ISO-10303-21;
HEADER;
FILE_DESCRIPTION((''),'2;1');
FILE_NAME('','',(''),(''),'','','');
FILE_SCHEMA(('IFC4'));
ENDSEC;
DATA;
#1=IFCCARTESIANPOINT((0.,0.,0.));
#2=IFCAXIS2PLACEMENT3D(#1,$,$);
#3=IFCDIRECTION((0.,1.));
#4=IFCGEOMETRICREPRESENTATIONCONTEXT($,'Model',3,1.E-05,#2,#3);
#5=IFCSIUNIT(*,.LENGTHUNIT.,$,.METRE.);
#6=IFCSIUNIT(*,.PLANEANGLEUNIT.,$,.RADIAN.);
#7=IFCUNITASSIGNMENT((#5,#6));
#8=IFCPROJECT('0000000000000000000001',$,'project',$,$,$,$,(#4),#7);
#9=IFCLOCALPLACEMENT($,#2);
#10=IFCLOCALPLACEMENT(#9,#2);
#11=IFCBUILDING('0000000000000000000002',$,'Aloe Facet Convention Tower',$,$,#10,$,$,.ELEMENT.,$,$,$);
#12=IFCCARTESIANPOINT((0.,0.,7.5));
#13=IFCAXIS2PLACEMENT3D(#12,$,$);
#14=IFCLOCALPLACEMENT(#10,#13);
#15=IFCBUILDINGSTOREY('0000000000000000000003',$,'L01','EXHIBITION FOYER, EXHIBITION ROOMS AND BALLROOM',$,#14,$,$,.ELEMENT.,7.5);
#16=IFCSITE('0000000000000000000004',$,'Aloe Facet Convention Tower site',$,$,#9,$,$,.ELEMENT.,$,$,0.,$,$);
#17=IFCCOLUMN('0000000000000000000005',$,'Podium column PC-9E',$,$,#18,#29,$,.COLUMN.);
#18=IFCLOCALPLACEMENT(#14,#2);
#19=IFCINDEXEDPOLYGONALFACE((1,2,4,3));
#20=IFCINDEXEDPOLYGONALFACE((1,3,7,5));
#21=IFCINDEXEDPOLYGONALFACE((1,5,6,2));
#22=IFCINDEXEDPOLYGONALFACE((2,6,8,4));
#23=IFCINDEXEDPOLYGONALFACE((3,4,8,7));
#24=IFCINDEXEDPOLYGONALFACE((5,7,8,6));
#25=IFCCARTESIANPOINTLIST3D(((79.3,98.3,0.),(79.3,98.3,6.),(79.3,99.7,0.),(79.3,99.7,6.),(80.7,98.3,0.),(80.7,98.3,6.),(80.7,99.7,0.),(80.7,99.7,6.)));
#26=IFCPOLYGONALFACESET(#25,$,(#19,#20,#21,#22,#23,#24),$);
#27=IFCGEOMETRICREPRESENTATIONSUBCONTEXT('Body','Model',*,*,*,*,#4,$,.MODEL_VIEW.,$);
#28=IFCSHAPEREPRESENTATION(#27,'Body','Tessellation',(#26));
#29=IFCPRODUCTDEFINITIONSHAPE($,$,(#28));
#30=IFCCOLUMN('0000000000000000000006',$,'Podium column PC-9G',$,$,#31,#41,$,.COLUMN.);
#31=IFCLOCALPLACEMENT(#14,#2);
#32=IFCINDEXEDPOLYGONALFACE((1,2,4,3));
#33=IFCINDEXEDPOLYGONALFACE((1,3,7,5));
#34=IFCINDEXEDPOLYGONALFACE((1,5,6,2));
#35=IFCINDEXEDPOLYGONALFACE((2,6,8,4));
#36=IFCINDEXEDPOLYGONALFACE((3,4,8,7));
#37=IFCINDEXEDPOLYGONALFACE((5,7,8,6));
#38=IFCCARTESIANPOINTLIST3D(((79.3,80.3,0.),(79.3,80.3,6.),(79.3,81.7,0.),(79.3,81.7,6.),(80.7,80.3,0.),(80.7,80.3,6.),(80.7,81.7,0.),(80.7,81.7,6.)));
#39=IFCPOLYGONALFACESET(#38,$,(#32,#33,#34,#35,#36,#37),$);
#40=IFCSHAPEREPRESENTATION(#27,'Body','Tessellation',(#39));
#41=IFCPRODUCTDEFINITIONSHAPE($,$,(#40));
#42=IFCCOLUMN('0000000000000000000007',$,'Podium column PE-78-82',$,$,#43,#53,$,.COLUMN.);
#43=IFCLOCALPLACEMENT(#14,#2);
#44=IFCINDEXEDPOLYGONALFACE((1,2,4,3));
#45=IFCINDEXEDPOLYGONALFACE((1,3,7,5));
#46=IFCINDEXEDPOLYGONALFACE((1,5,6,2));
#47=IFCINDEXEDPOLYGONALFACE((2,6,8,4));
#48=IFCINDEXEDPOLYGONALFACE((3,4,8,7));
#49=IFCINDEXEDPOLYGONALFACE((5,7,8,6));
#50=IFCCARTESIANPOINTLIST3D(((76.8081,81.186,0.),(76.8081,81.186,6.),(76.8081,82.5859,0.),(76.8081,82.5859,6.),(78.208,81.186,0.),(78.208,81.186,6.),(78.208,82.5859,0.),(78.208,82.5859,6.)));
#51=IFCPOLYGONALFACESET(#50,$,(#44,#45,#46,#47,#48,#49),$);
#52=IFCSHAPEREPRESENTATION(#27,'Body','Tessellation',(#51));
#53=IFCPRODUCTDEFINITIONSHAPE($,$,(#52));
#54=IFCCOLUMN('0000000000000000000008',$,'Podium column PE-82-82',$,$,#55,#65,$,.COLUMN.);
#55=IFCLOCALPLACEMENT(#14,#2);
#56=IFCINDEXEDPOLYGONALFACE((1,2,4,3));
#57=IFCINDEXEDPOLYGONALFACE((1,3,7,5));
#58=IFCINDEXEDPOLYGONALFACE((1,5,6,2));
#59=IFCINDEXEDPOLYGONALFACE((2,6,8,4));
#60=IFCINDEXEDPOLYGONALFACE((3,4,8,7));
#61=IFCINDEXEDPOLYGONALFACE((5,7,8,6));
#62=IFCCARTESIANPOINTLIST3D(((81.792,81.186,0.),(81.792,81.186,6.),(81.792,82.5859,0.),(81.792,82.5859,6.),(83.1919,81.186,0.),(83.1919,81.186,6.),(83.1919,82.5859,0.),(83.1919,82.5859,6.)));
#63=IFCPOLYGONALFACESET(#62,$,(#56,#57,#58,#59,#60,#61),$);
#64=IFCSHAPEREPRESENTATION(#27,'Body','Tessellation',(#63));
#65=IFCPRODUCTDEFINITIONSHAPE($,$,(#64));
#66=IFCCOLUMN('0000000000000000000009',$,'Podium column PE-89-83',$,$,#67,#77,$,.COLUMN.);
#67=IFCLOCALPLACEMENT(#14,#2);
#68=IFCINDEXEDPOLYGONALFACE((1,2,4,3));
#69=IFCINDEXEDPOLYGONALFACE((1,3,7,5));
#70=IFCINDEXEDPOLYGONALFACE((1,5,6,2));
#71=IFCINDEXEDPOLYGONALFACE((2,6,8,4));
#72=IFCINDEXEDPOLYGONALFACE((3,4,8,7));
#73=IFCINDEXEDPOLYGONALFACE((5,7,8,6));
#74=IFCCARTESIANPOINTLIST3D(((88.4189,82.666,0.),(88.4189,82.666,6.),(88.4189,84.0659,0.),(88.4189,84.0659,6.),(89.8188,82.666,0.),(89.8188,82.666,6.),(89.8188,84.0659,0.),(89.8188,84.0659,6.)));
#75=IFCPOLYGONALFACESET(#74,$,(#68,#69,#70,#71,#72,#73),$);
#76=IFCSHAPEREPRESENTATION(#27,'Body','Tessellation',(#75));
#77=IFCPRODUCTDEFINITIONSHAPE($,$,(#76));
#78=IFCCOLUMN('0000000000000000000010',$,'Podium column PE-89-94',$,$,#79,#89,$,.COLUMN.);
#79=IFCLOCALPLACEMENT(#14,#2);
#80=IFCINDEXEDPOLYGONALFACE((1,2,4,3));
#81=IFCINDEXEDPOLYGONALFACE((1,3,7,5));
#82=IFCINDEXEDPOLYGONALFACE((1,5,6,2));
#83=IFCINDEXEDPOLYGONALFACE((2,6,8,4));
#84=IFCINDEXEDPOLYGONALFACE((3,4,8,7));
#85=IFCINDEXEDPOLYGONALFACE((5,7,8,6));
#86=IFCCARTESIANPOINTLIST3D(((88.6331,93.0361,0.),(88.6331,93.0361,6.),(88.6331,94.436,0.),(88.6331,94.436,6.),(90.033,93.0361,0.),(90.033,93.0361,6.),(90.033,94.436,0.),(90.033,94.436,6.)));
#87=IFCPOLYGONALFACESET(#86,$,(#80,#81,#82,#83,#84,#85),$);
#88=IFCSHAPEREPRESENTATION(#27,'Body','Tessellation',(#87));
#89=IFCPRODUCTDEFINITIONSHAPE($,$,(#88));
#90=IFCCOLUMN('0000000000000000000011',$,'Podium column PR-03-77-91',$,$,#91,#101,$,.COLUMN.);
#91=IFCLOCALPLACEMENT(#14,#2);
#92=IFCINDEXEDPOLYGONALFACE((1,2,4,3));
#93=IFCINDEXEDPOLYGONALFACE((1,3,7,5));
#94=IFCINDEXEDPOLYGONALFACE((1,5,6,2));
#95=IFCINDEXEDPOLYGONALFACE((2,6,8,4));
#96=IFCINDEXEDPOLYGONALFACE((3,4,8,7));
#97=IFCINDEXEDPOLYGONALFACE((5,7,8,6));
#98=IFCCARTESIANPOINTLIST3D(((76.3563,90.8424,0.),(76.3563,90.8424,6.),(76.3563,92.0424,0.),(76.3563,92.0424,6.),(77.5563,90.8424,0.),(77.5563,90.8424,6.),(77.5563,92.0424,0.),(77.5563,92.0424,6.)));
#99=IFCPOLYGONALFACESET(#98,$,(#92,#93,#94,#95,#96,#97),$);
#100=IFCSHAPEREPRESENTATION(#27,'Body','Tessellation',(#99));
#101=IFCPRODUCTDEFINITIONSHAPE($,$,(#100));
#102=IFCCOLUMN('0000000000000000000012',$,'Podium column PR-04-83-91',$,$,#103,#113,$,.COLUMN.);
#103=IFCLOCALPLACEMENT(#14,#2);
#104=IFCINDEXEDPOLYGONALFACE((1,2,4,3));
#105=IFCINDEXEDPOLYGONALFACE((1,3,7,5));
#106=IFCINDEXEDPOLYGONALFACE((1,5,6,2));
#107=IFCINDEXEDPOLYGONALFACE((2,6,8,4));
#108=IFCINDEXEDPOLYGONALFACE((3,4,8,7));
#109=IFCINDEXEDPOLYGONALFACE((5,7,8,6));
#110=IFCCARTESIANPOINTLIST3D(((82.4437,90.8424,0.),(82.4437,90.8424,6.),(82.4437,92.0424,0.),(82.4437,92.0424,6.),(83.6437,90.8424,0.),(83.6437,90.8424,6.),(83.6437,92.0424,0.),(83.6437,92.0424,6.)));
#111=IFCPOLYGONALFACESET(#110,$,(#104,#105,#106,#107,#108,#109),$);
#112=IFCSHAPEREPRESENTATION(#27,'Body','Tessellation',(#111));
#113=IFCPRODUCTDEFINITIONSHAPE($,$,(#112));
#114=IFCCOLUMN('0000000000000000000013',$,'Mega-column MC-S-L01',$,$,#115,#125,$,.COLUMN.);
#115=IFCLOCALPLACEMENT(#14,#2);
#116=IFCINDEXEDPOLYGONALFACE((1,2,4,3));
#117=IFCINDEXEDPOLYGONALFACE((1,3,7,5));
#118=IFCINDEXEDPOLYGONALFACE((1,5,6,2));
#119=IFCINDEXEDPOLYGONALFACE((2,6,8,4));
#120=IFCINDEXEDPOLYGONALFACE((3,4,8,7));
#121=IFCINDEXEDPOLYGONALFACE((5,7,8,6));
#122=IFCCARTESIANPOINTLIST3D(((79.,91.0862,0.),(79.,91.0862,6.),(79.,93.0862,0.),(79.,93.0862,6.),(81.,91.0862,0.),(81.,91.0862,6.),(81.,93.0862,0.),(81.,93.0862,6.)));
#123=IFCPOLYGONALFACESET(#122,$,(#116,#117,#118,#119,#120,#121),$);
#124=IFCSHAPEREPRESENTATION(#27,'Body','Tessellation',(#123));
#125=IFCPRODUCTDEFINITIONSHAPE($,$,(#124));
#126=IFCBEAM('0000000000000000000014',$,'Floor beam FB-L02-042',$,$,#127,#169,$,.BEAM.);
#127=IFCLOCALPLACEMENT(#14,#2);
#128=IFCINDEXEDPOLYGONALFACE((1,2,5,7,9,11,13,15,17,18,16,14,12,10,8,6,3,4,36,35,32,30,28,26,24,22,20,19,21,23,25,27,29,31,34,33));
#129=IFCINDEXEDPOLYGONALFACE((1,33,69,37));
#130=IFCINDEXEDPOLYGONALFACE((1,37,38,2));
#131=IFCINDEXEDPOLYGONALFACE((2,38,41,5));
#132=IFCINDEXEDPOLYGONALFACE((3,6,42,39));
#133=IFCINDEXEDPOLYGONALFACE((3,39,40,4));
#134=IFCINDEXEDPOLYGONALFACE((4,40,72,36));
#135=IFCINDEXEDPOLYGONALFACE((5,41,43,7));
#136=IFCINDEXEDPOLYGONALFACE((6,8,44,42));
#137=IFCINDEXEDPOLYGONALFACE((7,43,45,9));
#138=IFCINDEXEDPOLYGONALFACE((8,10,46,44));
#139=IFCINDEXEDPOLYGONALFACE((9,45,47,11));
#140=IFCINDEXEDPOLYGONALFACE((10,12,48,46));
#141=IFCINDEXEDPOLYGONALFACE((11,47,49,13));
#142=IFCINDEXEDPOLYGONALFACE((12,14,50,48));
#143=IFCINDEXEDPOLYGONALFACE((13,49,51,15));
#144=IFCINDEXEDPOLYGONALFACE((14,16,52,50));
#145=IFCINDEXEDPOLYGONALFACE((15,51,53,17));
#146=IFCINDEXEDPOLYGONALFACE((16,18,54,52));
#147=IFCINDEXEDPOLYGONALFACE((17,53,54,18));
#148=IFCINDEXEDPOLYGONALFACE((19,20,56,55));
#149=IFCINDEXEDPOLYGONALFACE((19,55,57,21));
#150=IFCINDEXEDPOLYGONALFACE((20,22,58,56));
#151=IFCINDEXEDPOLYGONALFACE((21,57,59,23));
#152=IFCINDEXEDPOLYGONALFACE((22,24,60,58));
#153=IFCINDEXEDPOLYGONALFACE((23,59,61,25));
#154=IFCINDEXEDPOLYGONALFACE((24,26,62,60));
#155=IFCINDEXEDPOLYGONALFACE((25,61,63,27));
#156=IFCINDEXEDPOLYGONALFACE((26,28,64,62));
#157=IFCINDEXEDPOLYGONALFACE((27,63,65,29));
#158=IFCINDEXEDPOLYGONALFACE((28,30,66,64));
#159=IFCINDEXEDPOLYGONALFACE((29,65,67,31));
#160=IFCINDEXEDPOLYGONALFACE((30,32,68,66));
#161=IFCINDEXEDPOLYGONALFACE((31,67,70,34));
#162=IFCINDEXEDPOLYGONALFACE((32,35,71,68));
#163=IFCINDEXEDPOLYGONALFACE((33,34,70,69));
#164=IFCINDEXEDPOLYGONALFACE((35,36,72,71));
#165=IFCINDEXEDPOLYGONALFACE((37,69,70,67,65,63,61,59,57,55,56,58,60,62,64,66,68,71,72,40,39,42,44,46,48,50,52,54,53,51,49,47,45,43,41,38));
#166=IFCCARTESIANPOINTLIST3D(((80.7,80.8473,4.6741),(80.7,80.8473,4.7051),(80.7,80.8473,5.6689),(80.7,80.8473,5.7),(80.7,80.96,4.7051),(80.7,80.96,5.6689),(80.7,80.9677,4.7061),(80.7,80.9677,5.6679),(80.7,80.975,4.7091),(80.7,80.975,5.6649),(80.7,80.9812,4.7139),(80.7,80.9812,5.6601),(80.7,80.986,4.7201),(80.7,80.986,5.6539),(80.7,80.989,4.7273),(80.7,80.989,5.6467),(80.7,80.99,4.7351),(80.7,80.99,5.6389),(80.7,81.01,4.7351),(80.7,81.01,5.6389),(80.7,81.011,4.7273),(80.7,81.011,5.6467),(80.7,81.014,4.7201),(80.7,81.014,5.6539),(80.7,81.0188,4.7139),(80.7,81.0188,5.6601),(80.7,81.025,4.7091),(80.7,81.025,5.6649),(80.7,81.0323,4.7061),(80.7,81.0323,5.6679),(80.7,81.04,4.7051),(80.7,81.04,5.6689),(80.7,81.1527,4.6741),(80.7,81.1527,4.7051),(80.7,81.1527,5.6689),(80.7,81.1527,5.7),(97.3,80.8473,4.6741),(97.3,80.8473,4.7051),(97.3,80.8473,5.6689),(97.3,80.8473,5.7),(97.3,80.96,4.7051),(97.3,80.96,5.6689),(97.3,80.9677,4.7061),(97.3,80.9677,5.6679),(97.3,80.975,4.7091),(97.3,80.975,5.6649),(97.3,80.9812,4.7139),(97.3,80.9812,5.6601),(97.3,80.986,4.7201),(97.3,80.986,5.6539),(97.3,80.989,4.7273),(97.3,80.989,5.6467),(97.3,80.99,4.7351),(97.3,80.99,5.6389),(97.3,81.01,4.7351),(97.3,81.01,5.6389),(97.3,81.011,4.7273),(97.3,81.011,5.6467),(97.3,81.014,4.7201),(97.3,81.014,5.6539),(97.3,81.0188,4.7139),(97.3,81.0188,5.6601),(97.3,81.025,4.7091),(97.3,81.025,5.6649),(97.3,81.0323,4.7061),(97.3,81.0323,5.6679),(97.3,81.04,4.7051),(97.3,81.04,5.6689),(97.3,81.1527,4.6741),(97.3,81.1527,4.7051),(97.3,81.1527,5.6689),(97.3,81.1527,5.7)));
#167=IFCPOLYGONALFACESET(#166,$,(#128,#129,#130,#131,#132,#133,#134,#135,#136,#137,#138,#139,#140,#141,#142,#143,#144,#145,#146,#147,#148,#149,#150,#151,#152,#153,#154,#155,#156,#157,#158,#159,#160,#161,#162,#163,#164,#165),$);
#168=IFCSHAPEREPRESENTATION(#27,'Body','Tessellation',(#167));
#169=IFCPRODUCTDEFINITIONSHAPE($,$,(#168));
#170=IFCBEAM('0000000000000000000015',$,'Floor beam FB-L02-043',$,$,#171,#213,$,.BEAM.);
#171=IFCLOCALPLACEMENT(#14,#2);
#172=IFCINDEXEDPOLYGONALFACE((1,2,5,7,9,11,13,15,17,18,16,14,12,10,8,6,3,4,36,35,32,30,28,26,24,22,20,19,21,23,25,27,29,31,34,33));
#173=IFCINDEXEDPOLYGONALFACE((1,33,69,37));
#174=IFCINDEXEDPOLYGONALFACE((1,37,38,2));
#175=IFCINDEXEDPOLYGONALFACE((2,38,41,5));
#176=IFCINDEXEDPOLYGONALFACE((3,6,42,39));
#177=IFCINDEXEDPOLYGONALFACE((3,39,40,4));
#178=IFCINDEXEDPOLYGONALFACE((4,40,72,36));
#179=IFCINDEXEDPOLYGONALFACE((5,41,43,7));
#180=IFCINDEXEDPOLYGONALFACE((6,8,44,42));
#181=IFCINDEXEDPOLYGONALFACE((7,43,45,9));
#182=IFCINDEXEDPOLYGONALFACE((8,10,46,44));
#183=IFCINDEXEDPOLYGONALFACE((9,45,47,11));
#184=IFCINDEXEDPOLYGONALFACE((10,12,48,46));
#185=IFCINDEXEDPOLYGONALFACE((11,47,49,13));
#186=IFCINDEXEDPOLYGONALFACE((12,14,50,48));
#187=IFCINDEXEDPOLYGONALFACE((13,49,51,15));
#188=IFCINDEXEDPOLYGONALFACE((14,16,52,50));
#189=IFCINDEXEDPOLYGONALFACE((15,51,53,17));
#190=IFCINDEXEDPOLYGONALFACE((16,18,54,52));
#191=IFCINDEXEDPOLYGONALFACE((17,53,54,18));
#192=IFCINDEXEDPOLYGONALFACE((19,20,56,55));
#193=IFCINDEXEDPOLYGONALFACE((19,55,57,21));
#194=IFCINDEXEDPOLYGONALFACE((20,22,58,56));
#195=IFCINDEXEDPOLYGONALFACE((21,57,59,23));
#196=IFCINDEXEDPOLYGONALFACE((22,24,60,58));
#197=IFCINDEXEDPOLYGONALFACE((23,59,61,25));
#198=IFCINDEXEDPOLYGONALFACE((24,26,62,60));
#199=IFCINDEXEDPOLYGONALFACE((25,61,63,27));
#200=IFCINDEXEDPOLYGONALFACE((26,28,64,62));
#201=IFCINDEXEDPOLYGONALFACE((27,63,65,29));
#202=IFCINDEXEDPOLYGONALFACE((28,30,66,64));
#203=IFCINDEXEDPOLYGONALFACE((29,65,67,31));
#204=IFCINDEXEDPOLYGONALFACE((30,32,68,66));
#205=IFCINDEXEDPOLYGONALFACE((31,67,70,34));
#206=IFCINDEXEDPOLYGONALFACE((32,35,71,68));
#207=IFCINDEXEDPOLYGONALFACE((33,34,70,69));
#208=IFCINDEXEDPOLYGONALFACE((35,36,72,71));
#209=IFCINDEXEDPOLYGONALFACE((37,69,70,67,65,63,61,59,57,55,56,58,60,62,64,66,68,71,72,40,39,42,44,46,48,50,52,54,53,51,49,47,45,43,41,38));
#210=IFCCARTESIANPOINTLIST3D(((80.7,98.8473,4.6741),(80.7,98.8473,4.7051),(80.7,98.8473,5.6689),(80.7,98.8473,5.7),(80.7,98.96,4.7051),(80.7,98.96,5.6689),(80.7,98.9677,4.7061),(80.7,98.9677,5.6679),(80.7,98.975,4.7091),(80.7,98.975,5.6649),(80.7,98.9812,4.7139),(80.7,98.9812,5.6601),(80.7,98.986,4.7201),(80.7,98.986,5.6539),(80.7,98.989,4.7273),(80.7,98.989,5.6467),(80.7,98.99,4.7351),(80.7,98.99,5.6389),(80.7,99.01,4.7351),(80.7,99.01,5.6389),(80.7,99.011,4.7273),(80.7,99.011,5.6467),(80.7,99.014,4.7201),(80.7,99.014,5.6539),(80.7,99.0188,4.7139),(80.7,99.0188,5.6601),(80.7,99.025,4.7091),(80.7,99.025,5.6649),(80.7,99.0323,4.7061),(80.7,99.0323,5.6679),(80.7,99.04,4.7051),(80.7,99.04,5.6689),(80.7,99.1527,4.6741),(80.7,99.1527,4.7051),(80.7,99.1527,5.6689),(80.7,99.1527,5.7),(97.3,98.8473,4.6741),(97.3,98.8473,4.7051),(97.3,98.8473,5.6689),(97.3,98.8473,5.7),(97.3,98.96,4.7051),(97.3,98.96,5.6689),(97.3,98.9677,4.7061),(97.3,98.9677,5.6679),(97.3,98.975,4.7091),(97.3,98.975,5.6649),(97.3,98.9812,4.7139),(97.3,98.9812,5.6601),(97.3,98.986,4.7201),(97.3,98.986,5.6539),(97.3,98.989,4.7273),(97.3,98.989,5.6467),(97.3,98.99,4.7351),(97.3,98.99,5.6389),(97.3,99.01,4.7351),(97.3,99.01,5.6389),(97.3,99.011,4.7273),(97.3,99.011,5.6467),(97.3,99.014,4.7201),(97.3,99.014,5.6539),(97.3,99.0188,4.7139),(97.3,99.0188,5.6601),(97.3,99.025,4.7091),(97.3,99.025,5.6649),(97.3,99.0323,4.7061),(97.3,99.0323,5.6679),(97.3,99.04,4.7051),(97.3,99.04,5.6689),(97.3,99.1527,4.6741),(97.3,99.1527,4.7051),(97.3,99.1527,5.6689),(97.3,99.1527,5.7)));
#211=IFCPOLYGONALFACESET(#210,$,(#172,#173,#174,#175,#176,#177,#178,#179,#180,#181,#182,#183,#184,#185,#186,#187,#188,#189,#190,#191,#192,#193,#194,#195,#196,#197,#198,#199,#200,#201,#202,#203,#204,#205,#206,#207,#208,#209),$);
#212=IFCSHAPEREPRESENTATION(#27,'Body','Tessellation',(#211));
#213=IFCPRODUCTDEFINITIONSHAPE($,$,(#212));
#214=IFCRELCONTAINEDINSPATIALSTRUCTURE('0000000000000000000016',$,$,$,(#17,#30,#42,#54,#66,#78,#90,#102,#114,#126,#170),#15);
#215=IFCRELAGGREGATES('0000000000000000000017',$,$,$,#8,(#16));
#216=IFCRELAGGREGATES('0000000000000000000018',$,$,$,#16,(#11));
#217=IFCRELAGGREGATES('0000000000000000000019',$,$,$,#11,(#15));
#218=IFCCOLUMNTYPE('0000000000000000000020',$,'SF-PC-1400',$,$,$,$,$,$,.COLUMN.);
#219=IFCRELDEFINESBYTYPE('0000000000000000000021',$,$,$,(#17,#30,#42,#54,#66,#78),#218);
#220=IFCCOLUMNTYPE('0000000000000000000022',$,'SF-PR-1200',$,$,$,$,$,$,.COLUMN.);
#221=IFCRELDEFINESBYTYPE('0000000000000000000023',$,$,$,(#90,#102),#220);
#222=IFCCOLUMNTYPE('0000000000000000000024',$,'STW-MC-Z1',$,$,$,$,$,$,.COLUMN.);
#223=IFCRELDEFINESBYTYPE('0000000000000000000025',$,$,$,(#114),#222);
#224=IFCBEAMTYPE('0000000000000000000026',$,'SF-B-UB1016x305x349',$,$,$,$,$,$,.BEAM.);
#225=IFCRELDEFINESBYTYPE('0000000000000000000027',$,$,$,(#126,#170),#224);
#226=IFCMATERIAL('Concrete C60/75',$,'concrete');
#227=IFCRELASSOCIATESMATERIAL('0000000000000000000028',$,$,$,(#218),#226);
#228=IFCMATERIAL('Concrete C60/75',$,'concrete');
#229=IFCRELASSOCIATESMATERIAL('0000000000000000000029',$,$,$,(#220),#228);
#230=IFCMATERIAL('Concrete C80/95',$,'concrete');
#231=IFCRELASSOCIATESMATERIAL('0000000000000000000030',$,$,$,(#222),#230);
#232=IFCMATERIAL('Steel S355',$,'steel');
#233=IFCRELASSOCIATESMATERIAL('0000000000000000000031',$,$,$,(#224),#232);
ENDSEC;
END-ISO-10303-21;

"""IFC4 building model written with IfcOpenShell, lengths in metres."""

from ifc_helpers import new_model, si_unit, direction, frame, origin, origin_2d, place, context, subcontext, project, spatial, rectangle, i_section, extrude, material, material_profile, profile_set, type_object, element, save


model = new_model("IFC4")

# Units and contexts
model_context = context("Model", 3, precision=1e-05, world=origin(), true_north=direction((0.0, 1.0)))
body_context = subcontext(model_context, "Body", "Model", "MODEL_VIEW")
ifc_project = project(units=[si_unit("LENGTHUNIT", "METRE"), si_unit("PLANEANGLEUNIT", "RADIAN")], contexts=[model_context])

# Site, building, storey
site_placement = place(None, origin())
site = spatial("IfcSite", under=ifc_project, at=site_placement, Name="Aloe Facet Convention Tower site", CompositionType="ELEMENT", RefElevation=0.0)
building_placement = place(site_placement, origin())
building = spatial("IfcBuilding", under=site, at=building_placement, Name="Aloe Facet Convention Tower", CompositionType="ELEMENT")
storey_placement = place(building_placement, frame((0.0, 0.0, 7.5)))
storey = spatial("IfcBuildingStorey", under=building, at=storey_placement, Name="L01", Description="EXHIBITION FOYER, EXHIBITION ROOMS AND BALLROOM", CompositionType="ELEMENT", Elevation=7.5)

# Columns
ifc_material_1 = material(Name="Concrete C60/75", Category="concrete")
ifc_material_profile_1 = material_profile(ifc_material_1, rectangle(XDim=1.3999, YDim=1.3999, at=origin_2d()), Name="SF-PC-1400")
ifc_profile_set_1 = profile_set([ifc_material_profile_1], Name="Concrete C60/75")
column_type_1 = type_object("IfcColumnType", Name="SF-PC-1400", PredefinedType="COLUMN", material=ifc_profile_set_1)
for number, where, z_axis, x_axis, name in (
    (1, (80.0, 99.0, 0.0), (0.0, 0.0, 1.0), (1.0, 0.0, 0.0), "Podium column PC-9E"),
    (2, (80.0, 81.0, 0.0), (0.0, 0.0, 1.0), (1.0, 0.0, 0.0), "Podium column PC-9G"),
    (3, (77.5081, 81.886, 0.0), (0.0, 0.0, 1.0), (1.0, 0.0, 0.0), "Podium column PE-78-82"),
    (4, (82.4919, 81.886, 0.0), (0.0, 0.0, 1.0), (1.0, 0.0, 0.0), "Podium column PE-82-82"),
    (5, (89.1189, 83.366, 0.0), (0.0, 0.0, 1.0), (1.0, 0.0, 0.0), "Podium column PE-89-83"),
    (6, (89.333, 93.7361, 0.0), (0.0, 0.0, 1.0), (1.0, 0.0, 0.0), "Podium column PE-89-94"),
):
    element("IfcColumn", number, at=place(storey_placement, frame(where, z_axis=z_axis, x_axis=x_axis)), inside=storey, type_object=column_type_1, Name=name, PredefinedType="COLUMN", context=body_context, shape_type="SweptSolid", body=[
        extrude(rectangle(XDim=1.3999, YDim=1.3999, at=origin_2d()), origin(), (0.0, 0.0, 1.0), 6.0),
    ])
ifc_material_2 = material(Name="Concrete C60/75", Category="concrete")
ifc_material_profile_2 = material_profile(ifc_material_2, rectangle(XDim=1.2, YDim=1.2, at=origin_2d()), Name="SF-PR-1200")
ifc_profile_set_2 = profile_set([ifc_material_profile_2], Name="Concrete C60/75")
column_type_2 = type_object("IfcColumnType", Name="SF-PR-1200", PredefinedType="COLUMN", material=ifc_profile_set_2)
for number, where, z_axis, x_axis, name in (
    (7, (76.9563, 91.4424, 0.0), (0.0, 0.0, 1.0), (1.0, 0.0, 0.0), "Podium column PR-03-77-91"),
    (8, (83.0437, 91.4424, 0.0), (0.0, 0.0, 1.0), (1.0, 0.0, 0.0), "Podium column PR-04-83-91"),
):
    element("IfcColumn", number, at=place(storey_placement, frame(where, z_axis=z_axis, x_axis=x_axis)), inside=storey, type_object=column_type_2, Name=name, PredefinedType="COLUMN", context=body_context, shape_type="SweptSolid", body=[
        extrude(rectangle(XDim=1.2, YDim=1.2, at=origin_2d()), origin(), (0.0, 0.0, 1.0), 6.0),
    ])
ifc_material_3 = material(Name="Concrete C80/95", Category="concrete")
ifc_material_profile_3 = material_profile(ifc_material_3, rectangle(XDim=2.0, YDim=2.0, at=origin_2d()), Name="STW-MC-Z1")
ifc_profile_set_3 = profile_set([ifc_material_profile_3], Name="Concrete C80/95")
column_type_3 = type_object("IfcColumnType", Name="STW-MC-Z1", PredefinedType="COLUMN", material=ifc_profile_set_3)
column_placement = place(storey_placement, frame((80.0, 92.0862, 0.0), z_axis=(0.0, 0.0, 1.0), x_axis=(1.0, 0.0, 0.0)))
element("IfcColumn", 9, at=column_placement, inside=storey, type_object=column_type_3, Name="Mega-column MC-S-L01", PredefinedType="COLUMN", context=body_context, shape_type="SweptSolid", body=[
    extrude(rectangle(XDim=2.0, YDim=2.0, at=origin_2d()), origin(), (0.0, 0.0, 1.0), 6.0),
])

# Beams
ifc_material_4 = material(Name="Steel S355", Category="steel")
ifc_material_profile_4 = material_profile(ifc_material_4, i_section(OverallWidth=0.3054, OverallDepth=1.0259, WebThickness=0.02, FlangeThickness=0.031, FilletRadius=0.03, at=origin_2d()), Name="UB 1016x305x349")
ifc_profile_set_4 = profile_set([ifc_material_profile_4], Name="Steel S355")
beam_type_1 = type_object("IfcBeamType", Name="SF-B-UB1016x305x349", PredefinedType="BEAM", material=ifc_profile_set_4)
for number, where, z_axis, x_axis, name in (
    (10, (80.7, 81.0, 5.187), (1.0, 0.0, 0.0), (0.0, 1.0, 0.0), "Floor beam FB-L02-042"),
    (11, (80.7, 99.0, 5.187), (1.0, 0.0, 0.0), (0.0, 1.0, 0.0), "Floor beam FB-L02-043"),
):
    element("IfcBeam", number, at=place(storey_placement, frame(where, z_axis=z_axis, x_axis=x_axis)), inside=storey, type_object=beam_type_1, Name=name, PredefinedType="BEAM", context=body_context, shape_type="SweptSolid", body=[
        extrude(i_section(OverallWidth=0.3054, OverallDepth=1.0259, WebThickness=0.02, FlangeThickness=0.031, FilletRadius=0.03, at=origin_2d()), origin(), (0.0, 0.0, 1.0), 16.6001),
    ])

save(model, "model.ifc")
